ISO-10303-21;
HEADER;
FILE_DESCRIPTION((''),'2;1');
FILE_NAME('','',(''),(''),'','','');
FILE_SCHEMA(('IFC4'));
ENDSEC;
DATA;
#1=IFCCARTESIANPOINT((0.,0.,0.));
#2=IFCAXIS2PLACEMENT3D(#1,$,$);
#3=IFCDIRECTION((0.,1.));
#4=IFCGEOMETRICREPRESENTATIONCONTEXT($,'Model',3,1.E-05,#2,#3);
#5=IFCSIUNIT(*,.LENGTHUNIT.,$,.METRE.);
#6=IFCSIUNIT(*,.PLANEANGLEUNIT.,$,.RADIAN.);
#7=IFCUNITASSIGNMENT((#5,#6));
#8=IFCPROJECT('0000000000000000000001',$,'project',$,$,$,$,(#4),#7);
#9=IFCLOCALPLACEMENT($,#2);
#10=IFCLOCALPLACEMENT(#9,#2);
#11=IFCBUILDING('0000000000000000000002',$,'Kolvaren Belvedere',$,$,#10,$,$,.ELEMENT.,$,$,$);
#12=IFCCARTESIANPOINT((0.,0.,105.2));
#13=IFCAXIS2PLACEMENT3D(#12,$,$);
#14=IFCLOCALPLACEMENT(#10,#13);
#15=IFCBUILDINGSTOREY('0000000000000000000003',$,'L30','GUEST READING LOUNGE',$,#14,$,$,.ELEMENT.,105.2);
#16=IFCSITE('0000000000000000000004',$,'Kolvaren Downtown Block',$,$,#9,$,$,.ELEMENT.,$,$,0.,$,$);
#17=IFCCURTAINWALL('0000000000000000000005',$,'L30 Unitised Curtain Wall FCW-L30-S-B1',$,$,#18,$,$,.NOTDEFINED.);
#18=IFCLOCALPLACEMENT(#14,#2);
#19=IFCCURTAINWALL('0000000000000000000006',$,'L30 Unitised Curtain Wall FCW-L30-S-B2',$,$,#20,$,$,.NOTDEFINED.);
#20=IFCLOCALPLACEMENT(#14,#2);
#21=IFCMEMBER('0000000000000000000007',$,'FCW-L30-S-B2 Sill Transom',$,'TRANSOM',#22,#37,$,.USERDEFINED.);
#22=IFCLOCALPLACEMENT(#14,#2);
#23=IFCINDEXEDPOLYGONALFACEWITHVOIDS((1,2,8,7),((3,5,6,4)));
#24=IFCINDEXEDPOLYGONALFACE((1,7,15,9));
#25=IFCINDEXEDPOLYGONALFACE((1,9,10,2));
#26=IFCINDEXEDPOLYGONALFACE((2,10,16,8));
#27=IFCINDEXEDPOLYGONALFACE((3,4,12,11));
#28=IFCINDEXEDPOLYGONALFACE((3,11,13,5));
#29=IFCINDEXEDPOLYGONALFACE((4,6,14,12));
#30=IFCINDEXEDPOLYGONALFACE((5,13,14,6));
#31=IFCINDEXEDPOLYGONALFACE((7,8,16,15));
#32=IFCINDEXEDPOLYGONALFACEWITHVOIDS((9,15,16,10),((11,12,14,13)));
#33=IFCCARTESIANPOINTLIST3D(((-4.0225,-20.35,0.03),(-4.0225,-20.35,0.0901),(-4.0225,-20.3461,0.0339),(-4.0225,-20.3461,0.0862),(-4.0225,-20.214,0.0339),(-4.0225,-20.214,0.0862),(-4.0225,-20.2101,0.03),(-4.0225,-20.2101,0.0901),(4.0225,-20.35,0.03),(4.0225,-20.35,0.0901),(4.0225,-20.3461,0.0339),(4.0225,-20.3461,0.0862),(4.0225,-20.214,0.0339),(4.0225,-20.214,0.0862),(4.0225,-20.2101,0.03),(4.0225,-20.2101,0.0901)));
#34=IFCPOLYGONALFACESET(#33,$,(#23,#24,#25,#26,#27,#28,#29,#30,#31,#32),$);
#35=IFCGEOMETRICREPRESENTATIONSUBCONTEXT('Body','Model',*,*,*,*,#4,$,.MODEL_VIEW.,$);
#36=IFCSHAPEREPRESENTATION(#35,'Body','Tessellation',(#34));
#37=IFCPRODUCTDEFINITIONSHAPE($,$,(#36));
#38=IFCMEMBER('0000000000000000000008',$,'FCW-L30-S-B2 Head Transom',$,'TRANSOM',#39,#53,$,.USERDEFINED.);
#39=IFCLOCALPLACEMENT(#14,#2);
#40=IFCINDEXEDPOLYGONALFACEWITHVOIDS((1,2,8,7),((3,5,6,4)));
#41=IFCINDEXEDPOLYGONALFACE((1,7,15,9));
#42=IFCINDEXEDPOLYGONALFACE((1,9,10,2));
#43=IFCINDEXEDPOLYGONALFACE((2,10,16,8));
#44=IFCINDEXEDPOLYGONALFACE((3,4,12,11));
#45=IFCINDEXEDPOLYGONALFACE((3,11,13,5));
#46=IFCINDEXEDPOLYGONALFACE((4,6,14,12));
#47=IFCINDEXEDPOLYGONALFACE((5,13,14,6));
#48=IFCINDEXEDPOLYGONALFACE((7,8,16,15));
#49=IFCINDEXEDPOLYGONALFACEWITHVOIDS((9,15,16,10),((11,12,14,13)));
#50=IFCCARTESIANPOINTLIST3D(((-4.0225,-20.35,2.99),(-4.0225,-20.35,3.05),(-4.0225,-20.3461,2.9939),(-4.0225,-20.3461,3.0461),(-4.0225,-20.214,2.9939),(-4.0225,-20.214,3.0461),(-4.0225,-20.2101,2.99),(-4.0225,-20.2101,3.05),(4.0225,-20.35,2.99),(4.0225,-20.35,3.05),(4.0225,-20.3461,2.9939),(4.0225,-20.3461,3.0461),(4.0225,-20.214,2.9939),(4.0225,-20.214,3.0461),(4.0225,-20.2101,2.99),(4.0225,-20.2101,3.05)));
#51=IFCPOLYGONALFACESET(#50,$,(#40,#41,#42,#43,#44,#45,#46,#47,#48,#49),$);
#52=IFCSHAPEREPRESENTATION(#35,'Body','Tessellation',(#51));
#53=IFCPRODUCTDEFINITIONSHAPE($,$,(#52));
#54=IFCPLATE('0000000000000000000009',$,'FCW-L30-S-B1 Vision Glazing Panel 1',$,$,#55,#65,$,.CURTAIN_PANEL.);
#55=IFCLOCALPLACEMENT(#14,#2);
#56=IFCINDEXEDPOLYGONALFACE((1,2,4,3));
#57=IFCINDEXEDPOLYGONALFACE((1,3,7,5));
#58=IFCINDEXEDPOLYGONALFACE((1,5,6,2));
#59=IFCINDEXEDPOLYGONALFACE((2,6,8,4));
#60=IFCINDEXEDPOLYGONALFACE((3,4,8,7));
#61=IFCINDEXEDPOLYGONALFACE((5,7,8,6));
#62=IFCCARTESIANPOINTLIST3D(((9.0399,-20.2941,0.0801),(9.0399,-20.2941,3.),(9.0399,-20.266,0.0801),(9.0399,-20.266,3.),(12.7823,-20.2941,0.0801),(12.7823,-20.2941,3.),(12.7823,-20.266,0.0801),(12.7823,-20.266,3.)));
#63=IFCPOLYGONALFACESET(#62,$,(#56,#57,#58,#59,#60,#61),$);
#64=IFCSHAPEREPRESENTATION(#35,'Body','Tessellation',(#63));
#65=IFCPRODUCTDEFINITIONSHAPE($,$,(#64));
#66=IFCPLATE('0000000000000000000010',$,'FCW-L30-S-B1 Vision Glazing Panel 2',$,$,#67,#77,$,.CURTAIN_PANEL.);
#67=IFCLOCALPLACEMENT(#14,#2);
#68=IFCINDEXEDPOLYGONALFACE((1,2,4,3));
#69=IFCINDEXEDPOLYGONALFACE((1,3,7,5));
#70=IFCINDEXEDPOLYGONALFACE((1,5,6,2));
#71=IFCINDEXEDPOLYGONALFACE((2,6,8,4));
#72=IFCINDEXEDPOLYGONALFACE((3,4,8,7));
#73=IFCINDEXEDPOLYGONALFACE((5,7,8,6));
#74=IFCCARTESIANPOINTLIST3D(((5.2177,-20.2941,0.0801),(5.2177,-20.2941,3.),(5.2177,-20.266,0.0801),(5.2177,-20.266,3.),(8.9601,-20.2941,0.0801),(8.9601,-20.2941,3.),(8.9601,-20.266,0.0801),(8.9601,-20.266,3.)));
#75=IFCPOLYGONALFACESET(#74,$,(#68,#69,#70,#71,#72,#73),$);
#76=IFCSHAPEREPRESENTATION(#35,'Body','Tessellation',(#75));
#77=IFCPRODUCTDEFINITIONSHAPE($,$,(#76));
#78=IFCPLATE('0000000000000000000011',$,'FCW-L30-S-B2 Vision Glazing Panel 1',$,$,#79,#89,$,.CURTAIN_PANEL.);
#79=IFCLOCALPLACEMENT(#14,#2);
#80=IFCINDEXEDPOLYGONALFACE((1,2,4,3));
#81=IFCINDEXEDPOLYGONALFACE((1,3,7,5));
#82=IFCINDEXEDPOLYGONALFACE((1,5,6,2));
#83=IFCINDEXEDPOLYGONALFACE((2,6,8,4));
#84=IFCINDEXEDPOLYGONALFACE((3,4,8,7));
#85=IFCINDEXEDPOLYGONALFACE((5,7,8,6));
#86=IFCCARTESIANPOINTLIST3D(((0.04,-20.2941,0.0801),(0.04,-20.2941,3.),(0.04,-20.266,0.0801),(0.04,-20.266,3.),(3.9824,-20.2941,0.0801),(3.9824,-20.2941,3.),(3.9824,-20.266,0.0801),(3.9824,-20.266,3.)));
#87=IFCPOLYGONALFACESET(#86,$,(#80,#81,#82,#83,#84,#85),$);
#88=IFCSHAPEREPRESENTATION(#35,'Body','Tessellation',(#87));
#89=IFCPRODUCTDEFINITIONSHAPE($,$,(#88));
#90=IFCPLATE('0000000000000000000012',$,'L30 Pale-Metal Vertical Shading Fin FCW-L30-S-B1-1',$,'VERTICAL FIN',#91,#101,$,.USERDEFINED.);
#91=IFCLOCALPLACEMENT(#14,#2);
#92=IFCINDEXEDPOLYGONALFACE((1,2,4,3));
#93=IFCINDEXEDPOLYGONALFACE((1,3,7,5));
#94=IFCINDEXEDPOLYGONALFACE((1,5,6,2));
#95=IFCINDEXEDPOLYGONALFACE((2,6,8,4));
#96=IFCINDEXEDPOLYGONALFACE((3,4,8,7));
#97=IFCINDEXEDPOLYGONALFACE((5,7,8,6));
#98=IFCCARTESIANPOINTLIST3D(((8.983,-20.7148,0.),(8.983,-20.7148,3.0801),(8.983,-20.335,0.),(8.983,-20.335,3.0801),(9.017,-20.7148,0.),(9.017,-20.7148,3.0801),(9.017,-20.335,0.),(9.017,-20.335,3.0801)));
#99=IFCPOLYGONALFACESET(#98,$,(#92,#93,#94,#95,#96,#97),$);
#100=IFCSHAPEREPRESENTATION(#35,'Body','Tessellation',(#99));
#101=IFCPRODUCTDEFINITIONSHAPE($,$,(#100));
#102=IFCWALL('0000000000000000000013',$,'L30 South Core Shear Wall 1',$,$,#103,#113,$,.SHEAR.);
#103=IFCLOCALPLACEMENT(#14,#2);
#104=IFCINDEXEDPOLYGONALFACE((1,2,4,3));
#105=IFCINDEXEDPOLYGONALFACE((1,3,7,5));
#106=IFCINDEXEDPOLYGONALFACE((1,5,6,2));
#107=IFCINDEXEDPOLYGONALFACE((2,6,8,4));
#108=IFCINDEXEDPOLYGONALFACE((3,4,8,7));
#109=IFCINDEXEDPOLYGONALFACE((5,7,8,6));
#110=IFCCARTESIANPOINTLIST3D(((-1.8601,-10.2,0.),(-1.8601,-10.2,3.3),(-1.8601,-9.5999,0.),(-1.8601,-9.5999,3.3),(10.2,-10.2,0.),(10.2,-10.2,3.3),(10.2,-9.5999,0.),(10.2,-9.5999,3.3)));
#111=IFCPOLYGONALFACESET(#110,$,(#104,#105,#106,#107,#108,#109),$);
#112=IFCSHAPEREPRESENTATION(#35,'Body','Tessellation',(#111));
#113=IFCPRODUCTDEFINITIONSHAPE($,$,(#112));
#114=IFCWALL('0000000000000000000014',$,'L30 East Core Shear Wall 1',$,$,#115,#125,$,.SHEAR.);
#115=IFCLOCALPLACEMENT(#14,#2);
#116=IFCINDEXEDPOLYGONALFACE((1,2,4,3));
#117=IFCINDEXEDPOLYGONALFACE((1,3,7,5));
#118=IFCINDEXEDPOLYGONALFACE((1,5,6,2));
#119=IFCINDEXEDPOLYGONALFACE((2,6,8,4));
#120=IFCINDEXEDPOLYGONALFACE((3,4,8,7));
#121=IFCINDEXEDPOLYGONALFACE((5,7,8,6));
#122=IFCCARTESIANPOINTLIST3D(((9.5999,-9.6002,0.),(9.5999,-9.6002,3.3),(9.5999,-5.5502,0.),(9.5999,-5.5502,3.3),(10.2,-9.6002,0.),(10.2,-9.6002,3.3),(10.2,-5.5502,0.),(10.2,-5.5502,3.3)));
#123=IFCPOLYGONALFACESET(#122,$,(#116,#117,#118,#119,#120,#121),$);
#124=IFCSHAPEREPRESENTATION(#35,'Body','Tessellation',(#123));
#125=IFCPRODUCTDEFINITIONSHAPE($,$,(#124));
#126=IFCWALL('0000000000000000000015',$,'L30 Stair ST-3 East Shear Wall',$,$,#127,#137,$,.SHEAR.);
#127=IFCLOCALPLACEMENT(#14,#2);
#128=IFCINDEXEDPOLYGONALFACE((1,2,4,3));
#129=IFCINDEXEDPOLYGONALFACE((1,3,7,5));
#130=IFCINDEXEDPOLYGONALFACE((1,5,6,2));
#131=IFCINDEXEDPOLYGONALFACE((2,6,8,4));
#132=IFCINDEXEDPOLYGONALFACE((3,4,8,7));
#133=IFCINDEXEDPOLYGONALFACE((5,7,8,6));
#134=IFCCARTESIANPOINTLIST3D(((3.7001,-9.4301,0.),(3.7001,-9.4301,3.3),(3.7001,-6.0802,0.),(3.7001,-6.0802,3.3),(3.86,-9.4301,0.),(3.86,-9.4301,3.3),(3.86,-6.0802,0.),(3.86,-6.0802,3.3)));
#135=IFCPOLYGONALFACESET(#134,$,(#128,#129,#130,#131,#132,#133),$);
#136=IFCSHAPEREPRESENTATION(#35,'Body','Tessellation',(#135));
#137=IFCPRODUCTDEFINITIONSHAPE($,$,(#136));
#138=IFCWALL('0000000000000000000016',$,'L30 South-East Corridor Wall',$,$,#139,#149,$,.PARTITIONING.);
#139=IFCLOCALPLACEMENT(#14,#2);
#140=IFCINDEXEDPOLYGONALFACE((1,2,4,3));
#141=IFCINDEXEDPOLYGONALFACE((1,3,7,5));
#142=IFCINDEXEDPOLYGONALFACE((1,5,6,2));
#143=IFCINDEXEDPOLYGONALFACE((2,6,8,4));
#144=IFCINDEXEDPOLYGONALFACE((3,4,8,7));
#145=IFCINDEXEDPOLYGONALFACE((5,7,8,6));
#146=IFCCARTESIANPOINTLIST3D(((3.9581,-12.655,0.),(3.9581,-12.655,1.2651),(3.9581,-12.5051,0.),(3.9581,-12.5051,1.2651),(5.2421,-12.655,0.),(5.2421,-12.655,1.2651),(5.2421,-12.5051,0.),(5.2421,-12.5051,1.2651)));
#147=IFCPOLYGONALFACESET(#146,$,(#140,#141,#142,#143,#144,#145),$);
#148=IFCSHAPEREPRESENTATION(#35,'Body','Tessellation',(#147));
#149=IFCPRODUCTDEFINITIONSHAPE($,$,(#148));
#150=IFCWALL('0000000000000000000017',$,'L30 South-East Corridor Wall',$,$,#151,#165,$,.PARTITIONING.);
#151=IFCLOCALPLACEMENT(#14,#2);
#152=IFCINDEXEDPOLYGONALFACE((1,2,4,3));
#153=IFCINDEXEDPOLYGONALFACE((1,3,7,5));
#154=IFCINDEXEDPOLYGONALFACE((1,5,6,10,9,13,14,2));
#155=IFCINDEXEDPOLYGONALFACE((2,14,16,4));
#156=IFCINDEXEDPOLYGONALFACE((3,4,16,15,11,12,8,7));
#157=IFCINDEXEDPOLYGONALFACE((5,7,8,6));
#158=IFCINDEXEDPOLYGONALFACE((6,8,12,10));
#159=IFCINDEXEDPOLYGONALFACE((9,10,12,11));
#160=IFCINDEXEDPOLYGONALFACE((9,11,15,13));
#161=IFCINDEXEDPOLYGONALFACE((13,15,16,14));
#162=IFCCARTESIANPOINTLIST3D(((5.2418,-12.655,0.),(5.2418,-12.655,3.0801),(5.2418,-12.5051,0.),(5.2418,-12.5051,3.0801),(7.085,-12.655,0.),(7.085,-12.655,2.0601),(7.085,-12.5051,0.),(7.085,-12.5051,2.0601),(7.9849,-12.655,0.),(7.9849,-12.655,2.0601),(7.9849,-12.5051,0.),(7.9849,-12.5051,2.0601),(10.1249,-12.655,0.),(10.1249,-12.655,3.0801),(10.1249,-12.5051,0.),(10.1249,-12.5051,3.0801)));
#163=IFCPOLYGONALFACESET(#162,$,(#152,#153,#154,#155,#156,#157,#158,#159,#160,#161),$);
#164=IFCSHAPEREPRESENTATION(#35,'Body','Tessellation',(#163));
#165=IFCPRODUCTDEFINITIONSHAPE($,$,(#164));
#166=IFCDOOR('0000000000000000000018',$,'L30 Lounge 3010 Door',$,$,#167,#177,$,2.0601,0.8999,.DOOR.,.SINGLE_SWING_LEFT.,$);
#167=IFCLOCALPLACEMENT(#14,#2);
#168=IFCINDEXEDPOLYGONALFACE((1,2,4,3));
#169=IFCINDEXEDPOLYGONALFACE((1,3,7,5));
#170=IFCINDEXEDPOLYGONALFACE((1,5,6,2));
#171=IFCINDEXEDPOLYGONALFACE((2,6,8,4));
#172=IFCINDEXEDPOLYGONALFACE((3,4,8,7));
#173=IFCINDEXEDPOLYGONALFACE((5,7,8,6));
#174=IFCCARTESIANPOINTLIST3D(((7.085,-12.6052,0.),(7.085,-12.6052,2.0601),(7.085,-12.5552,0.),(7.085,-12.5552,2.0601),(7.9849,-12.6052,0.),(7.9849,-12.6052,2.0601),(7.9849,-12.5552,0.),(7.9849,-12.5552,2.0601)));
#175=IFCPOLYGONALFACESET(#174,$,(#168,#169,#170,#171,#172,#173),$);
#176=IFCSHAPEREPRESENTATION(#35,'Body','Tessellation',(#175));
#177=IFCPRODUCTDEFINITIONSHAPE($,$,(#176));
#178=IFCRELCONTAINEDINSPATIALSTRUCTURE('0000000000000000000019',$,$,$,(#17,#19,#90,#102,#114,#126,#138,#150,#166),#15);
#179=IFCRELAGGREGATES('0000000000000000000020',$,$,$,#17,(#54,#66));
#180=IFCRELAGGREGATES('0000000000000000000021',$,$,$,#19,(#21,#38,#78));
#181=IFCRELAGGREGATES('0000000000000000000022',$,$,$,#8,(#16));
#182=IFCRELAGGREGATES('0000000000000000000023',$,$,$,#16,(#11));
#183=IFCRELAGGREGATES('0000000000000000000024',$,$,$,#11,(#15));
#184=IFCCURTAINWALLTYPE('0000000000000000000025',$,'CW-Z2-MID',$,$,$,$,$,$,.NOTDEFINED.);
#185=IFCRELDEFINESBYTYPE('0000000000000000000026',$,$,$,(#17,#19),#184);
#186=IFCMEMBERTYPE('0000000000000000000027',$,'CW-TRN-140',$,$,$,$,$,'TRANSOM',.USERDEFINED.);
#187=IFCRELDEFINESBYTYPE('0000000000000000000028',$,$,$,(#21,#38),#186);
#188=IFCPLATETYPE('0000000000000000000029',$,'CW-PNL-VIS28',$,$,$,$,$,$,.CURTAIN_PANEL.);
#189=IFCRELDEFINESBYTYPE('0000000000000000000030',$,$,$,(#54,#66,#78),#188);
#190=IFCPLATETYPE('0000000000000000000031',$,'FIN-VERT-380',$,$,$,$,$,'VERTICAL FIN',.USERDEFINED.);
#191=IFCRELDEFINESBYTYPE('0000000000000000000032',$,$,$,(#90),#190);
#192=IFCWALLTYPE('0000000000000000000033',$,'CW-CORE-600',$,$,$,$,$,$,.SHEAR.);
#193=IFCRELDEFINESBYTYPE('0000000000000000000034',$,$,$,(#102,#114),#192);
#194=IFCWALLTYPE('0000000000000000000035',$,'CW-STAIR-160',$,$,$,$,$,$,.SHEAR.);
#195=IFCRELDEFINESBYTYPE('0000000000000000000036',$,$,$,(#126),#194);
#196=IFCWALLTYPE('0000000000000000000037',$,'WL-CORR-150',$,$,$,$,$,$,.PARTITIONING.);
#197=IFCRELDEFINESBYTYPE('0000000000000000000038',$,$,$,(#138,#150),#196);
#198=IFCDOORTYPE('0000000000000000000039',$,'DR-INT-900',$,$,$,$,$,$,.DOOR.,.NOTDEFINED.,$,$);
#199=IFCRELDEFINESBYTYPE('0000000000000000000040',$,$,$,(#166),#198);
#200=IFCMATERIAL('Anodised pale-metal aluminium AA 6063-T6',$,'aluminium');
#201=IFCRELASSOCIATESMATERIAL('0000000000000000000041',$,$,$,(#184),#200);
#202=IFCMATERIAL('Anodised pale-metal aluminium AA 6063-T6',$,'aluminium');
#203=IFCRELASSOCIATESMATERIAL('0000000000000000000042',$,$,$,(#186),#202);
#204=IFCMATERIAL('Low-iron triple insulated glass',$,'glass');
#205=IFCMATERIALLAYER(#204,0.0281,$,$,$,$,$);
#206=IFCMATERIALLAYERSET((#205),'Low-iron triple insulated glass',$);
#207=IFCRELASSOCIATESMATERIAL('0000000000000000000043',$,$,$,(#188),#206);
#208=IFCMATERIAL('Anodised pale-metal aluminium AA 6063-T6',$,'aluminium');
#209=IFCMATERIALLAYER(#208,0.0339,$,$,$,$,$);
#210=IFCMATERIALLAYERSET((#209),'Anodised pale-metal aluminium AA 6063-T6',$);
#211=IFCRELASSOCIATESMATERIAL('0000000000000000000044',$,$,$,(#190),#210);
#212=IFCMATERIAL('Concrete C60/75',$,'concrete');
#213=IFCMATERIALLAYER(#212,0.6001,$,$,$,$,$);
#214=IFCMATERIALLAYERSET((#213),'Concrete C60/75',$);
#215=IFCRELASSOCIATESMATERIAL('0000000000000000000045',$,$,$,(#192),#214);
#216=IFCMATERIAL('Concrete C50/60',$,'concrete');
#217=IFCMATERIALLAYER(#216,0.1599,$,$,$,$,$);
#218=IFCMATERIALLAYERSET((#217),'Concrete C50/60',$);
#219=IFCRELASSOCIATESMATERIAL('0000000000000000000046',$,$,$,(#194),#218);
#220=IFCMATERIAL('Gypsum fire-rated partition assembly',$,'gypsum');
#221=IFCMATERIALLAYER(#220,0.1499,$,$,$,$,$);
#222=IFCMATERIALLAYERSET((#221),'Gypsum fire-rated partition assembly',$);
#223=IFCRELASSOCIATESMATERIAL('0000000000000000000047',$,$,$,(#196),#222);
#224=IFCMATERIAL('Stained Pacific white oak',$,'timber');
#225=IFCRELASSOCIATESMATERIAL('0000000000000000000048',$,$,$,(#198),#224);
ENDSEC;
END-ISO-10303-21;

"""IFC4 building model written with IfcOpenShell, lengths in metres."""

from ifc_helpers import new_model, si_unit, direction, frame, frame_2d, origin, origin_2d, place, context, subcontext, project, spatial, rectangle, hollow_rectangle, extrude, material, layer, layer_set, material_profile, profile_set, type_object, element, fill, aggregate, save


model = new_model("IFC4")

# Units and contexts
model_context = context("Model", 3, precision=1e-05, world=origin(), true_north=direction((0.0, 1.0)))
body_context = subcontext(model_context, "Body", "Model", "MODEL_VIEW")
ifc_project = project(units=[si_unit("LENGTHUNIT", "METRE"), si_unit("PLANEANGLEUNIT", "RADIAN")], contexts=[model_context])

# Site, building, storey
site_placement = place(None, origin())
site = spatial("IfcSite", under=ifc_project, at=site_placement, Name="Kolvaren Downtown Block", CompositionType="ELEMENT", RefElevation=0.0)
building_placement = place(site_placement, origin())
building = spatial("IfcBuilding", under=site, at=building_placement, Name="Kolvaren Belvedere", CompositionType="ELEMENT")
storey_placement = place(building_placement, frame((0.0, 0.0, 105.2)))
storey = spatial("IfcBuildingStorey", under=building, at=storey_placement, Name="L30", Description="GUEST READING LOUNGE", CompositionType="ELEMENT", Elevation=105.2)

# Curtain walls, members
ifc_material_1 = material(Name="Anodised pale-metal aluminium AA 6063-T6", Category="aluminium")
curtain_wall_type = type_object("IfcCurtainWallType", Name="CW-Z2-MID", PredefinedType="NOTDEFINED", material=ifc_material_1)
curtain_wall_1_placement = place(storey_placement, origin())
curtain_wall_1 = element("IfcCurtainWall", 1, at=curtain_wall_1_placement, inside=storey, type_object=curtain_wall_type, Name="L30 Unitised Curtain Wall FCW-L30-S-B1", PredefinedType="NOTDEFINED")
curtain_wall_2_placement = place(storey_placement, origin())
curtain_wall_2 = element("IfcCurtainWall", 2, at=curtain_wall_2_placement, inside=storey, type_object=curtain_wall_type, Name="L30 Unitised Curtain Wall FCW-L30-S-B2", PredefinedType="NOTDEFINED")
ifc_material_2 = material(Name="Anodised pale-metal aluminium AA 6063-T6", Category="aluminium")
ifc_material_profile_1 = material_profile(ifc_material_2, hollow_rectangle(XDim=0.0601, YDim=0.1399, WallThickness=0.0039, at=origin_2d()), Name="ALU-TRN-140X60")
ifc_profile_set_1 = profile_set([ifc_material_profile_1], Name="Anodised pale-metal aluminium AA 6063-T6")
member_type_1 = type_object("IfcMemberType", Name="CW-TRN-140", ElementType="TRANSOM", PredefinedType="USERDEFINED", material=ifc_profile_set_1)
member_1_placement = place(storey_placement, frame((4.0225, -20.28, 0.0601), z_axis=(-1.0, 0.0, 0.0), x_axis=(0.0, 0.0, 1.0)))
member_1 = element("IfcMember", 3, at=member_1_placement, type_object=member_type_1, Name="FCW-L30-S-B2 Sill Transom", ObjectType="TRANSOM", PredefinedType="USERDEFINED", context=body_context, shape_type="SweptSolid", body=[
    extrude(hollow_rectangle(XDim=0.0601, YDim=0.1399, WallThickness=0.0039, at=origin_2d()), origin(), (0.0, 0.0, 1.0), 8.0449),
])
member_2_placement = place(storey_placement, frame((4.0225, -20.28, 3.02), z_axis=(-1.0, 0.0, 0.0), x_axis=(0.0, 0.0, 1.0)))
member_2 = element("IfcMember", 4, at=member_2_placement, type_object=member_type_1, Name="FCW-L30-S-B2 Head Transom", ObjectType="TRANSOM", PredefinedType="USERDEFINED", context=body_context, shape_type="SweptSolid", body=[
    extrude(hollow_rectangle(XDim=0.0601, YDim=0.1399, WallThickness=0.0039, at=origin_2d()), origin(), (0.0, 0.0, 1.0), 8.0449),
])

# Plates
ifc_material_3 = material(Name="Low-iron triple insulated glass", Category="glass")
ifc_layer_1 = layer(ifc_material_3, 0.0281)
ifc_layer_set_1 = layer_set([ifc_layer_1], Name="Low-iron triple insulated glass")
plate_type_1 = type_object("IfcPlateType", Name="CW-PNL-VIS28", PredefinedType="CURTAIN_PANEL", material=ifc_layer_set_1)
plate_1_placement = place(storey_placement, frame((10.9111, -20.28, 0.0801), z_axis=(0.0, 0.0, 1.0), x_axis=(-1.0, 0.0, 0.0)))
plate_1 = element("IfcPlate", 5, at=plate_1_placement, type_object=plate_type_1, Name="FCW-L30-S-B1 Vision Glazing Panel 1", PredefinedType="CURTAIN_PANEL", context=body_context, shape_type="SweptSolid", body=[
    extrude(rectangle(XDim=3.7424, YDim=0.0281, at=origin_2d()), origin(), (0.0, 0.0, 1.0), 2.9199),
])
plate_2_placement = place(storey_placement, frame((7.0889, -20.28, 0.0801), z_axis=(0.0, 0.0, 1.0), x_axis=(-1.0, 0.0, 0.0)))
plate_2 = element("IfcPlate", 6, at=plate_2_placement, type_object=plate_type_1, Name="FCW-L30-S-B1 Vision Glazing Panel 2", PredefinedType="CURTAIN_PANEL", context=body_context, shape_type="SweptSolid", body=[
    extrude(rectangle(XDim=3.7424, YDim=0.0281, at=origin_2d()), origin(), (0.0, 0.0, 1.0), 2.9199),
])
aggregate(curtain_wall_1, [plate_1, plate_2])
plate_3_placement = place(storey_placement, frame((2.0112, -20.28, 0.0801), z_axis=(0.0, 0.0, 1.0), x_axis=(-1.0, 0.0, 0.0)))
plate_3 = element("IfcPlate", 7, at=plate_3_placement, type_object=plate_type_1, Name="FCW-L30-S-B2 Vision Glazing Panel 1", PredefinedType="CURTAIN_PANEL", context=body_context, shape_type="SweptSolid", body=[
    extrude(rectangle(XDim=3.9424, YDim=0.0281, at=origin_2d()), origin(), (0.0, 0.0, 1.0), 2.9199),
])
aggregate(curtain_wall_2, [member_1, member_2, plate_3])
ifc_material_4 = material(Name="Anodised pale-metal aluminium AA 6063-T6", Category="aluminium")
ifc_layer_2 = layer(ifc_material_4, 0.0339)
ifc_layer_set_2 = layer_set([ifc_layer_2], Name="Anodised pale-metal aluminium AA 6063-T6")
plate_type_2 = type_object("IfcPlateType", Name="FIN-VERT-380", ElementType="VERTICAL FIN", PredefinedType="USERDEFINED", material=ifc_layer_set_2)
plate_4_placement = place(storey_placement, frame((9.0, -20.5249, 0.0), z_axis=(0.0, 0.0, 1.0), x_axis=(0.0, 1.0, 0.0)))
element("IfcPlate", 8, at=plate_4_placement, inside=storey, type_object=plate_type_2, Name="L30 Pale-Metal Vertical Shading Fin FCW-L30-S-B1-1", ObjectType="VERTICAL FIN", PredefinedType="USERDEFINED", context=body_context, shape_type="SweptSolid", body=[
    extrude(rectangle(XDim=0.3799, YDim=0.0339, at=origin_2d()), origin(), (0.0, 0.0, 1.0), 3.0801),
])

# Walls
ifc_material_5 = material(Name="Concrete C60/75", Category="concrete")
ifc_layer_3 = layer(ifc_material_5, 0.6001)
ifc_layer_set_3 = layer_set([ifc_layer_3], Name="Concrete C60/75")
wall_type_1 = type_object("IfcWallType", Name="CW-CORE-600", PredefinedType="SHEAR", material=ifc_layer_set_3)
wall_1_placement = place(storey_placement, frame((10.2, -9.8999, 0.0), z_axis=(0.0, 0.0, 1.0), x_axis=(-1.0, 0.0, 0.0)))
element("IfcWall", 9, at=wall_1_placement, inside=storey, type_object=wall_type_1, Name="L30 South Core Shear Wall 1", PredefinedType="SHEAR", context=body_context, shape_type="SweptSolid", body=[
    extrude(rectangle(XDim=12.0601, YDim=0.6001, at=frame_2d((6.03, 0.0))), origin(), (0.0, 0.0, 1.0), 3.3),
])
wall_2_placement = place(storey_placement, frame((9.8999, -9.6001, 0.0), z_axis=(0.0, 0.0, 1.0), x_axis=(0.0, 1.0, 0.0)))
element("IfcWall", 10, at=wall_2_placement, inside=storey, type_object=wall_type_1, Name="L30 East Core Shear Wall 1", PredefinedType="SHEAR", context=body_context, shape_type="SweptSolid", body=[
    extrude(rectangle(XDim=4.05, YDim=0.6001, at=frame_2d((2.0249, 0.0))), origin(), (0.0, 0.0, 1.0), 3.3),
])
ifc_material_6 = material(Name="Concrete C50/60", Category="concrete")
ifc_layer_4 = layer(ifc_material_6, 0.1599)
ifc_layer_set_4 = layer_set([ifc_layer_4], Name="Concrete C50/60")
wall_type_2 = type_object("IfcWallType", Name="CW-STAIR-160", PredefinedType="SHEAR", material=ifc_layer_set_4)
wall_3_placement = place(storey_placement, frame((3.78, -9.4299, 0.0), z_axis=(0.0, 0.0, 1.0), x_axis=(0.0, 1.0, 0.0)))
element("IfcWall", 11, at=wall_3_placement, inside=storey, type_object=wall_type_2, Name="L30 Stair ST-3 East Shear Wall", PredefinedType="SHEAR", context=body_context, shape_type="SweptSolid", body=[
    extrude(rectangle(XDim=3.3499, YDim=0.1599, at=frame_2d((1.6748, 0.0))), origin(), (0.0, 0.0, 1.0), 3.3),
])
ifc_material_7 = material(Name="Gypsum fire-rated partition assembly", Category="gypsum")
ifc_layer_5 = layer(ifc_material_7, 0.1499)
ifc_layer_set_5 = layer_set([ifc_layer_5], Name="Gypsum fire-rated partition assembly")
wall_type_3 = type_object("IfcWallType", Name="WL-CORR-150", PredefinedType="PARTITIONING", material=ifc_layer_set_5)
wall_4_placement = place(storey_placement, frame((3.958, -12.5801, 0.0), z_axis=(0.0, 0.0, 1.0), x_axis=(1.0, 0.0, 0.0)))
element("IfcWall", 12, at=wall_4_placement, inside=storey, type_object=wall_type_3, Name="L30 South-East Corridor Wall", PredefinedType="PARTITIONING", context=body_context, shape_type="SweptSolid", body=[
    extrude(rectangle(XDim=1.2839, YDim=0.1499, at=frame_2d((0.6421, 0.0))), origin(), (0.0, 0.0, 1.0), 1.2651),
])

# Wall, opening, door
wall_5_placement = place(storey_placement, frame((5.2419, -12.5801, 0.0), z_axis=(0.0, 0.0, 1.0), x_axis=(1.0, 0.0, 0.0)))
wall_5 = element("IfcWall", 13, at=wall_5_placement, inside=storey, type_object=wall_type_3, Name="L30 South-East Corridor Wall", PredefinedType="PARTITIONING", context=body_context, shape_type="SweptSolid", body=[
    extrude(rectangle(XDim=4.8831, YDim=0.1499, at=frame_2d((2.4414, 0.0))), origin(), (0.0, 0.0, 1.0), 3.0801),
])
opening_placement = place(wall_5_placement, frame((1.843, 0.0, 0.0)))
opening = element("IfcOpeningElement", 14, at=opening_placement, cuts=wall_5, PredefinedType="OPENING", context=body_context, shape_type="SweptSolid", body=[
    extrude(rectangle(XDim=0.8999, YDim=2.0601, at=frame_2d((0.45, 1.03))), frame((0.0, 0.085, 0.0), z_axis=(0.0, -1.0, 0.0), x_axis=(1.0, 0.0, 0.0)), (0.0, 0.0, 1.0), 0.1699),
])
ifc_material_8 = material(Name="Stained Pacific white oak", Category="timber")
door_type = type_object("IfcDoorType", Name="DR-INT-900", OperationType="NOTDEFINED", PredefinedType="DOOR", material=ifc_material_8)
door_placement = place(opening_placement, origin())
door = element("IfcDoor", 15, at=door_placement, inside=storey, type_object=door_type, Name="L30 Lounge 3010 Door", OperationType="SINGLE_SWING_LEFT", OverallHeight=2.0601, OverallWidth=0.8999, PredefinedType="DOOR", context=body_context, shape_type="SweptSolid", body=[
    extrude(rectangle(XDim=0.8999, YDim=2.0601, at=frame_2d((0.45, 1.03))), frame((0.0, 0.0249, 0.0), z_axis=(0.0, -1.0, 0.0), x_axis=(1.0, 0.0, 0.0)), (0.0, 0.0, 1.0), 0.05),
])
fill(opening, door)

save(model, "model.ifc")
